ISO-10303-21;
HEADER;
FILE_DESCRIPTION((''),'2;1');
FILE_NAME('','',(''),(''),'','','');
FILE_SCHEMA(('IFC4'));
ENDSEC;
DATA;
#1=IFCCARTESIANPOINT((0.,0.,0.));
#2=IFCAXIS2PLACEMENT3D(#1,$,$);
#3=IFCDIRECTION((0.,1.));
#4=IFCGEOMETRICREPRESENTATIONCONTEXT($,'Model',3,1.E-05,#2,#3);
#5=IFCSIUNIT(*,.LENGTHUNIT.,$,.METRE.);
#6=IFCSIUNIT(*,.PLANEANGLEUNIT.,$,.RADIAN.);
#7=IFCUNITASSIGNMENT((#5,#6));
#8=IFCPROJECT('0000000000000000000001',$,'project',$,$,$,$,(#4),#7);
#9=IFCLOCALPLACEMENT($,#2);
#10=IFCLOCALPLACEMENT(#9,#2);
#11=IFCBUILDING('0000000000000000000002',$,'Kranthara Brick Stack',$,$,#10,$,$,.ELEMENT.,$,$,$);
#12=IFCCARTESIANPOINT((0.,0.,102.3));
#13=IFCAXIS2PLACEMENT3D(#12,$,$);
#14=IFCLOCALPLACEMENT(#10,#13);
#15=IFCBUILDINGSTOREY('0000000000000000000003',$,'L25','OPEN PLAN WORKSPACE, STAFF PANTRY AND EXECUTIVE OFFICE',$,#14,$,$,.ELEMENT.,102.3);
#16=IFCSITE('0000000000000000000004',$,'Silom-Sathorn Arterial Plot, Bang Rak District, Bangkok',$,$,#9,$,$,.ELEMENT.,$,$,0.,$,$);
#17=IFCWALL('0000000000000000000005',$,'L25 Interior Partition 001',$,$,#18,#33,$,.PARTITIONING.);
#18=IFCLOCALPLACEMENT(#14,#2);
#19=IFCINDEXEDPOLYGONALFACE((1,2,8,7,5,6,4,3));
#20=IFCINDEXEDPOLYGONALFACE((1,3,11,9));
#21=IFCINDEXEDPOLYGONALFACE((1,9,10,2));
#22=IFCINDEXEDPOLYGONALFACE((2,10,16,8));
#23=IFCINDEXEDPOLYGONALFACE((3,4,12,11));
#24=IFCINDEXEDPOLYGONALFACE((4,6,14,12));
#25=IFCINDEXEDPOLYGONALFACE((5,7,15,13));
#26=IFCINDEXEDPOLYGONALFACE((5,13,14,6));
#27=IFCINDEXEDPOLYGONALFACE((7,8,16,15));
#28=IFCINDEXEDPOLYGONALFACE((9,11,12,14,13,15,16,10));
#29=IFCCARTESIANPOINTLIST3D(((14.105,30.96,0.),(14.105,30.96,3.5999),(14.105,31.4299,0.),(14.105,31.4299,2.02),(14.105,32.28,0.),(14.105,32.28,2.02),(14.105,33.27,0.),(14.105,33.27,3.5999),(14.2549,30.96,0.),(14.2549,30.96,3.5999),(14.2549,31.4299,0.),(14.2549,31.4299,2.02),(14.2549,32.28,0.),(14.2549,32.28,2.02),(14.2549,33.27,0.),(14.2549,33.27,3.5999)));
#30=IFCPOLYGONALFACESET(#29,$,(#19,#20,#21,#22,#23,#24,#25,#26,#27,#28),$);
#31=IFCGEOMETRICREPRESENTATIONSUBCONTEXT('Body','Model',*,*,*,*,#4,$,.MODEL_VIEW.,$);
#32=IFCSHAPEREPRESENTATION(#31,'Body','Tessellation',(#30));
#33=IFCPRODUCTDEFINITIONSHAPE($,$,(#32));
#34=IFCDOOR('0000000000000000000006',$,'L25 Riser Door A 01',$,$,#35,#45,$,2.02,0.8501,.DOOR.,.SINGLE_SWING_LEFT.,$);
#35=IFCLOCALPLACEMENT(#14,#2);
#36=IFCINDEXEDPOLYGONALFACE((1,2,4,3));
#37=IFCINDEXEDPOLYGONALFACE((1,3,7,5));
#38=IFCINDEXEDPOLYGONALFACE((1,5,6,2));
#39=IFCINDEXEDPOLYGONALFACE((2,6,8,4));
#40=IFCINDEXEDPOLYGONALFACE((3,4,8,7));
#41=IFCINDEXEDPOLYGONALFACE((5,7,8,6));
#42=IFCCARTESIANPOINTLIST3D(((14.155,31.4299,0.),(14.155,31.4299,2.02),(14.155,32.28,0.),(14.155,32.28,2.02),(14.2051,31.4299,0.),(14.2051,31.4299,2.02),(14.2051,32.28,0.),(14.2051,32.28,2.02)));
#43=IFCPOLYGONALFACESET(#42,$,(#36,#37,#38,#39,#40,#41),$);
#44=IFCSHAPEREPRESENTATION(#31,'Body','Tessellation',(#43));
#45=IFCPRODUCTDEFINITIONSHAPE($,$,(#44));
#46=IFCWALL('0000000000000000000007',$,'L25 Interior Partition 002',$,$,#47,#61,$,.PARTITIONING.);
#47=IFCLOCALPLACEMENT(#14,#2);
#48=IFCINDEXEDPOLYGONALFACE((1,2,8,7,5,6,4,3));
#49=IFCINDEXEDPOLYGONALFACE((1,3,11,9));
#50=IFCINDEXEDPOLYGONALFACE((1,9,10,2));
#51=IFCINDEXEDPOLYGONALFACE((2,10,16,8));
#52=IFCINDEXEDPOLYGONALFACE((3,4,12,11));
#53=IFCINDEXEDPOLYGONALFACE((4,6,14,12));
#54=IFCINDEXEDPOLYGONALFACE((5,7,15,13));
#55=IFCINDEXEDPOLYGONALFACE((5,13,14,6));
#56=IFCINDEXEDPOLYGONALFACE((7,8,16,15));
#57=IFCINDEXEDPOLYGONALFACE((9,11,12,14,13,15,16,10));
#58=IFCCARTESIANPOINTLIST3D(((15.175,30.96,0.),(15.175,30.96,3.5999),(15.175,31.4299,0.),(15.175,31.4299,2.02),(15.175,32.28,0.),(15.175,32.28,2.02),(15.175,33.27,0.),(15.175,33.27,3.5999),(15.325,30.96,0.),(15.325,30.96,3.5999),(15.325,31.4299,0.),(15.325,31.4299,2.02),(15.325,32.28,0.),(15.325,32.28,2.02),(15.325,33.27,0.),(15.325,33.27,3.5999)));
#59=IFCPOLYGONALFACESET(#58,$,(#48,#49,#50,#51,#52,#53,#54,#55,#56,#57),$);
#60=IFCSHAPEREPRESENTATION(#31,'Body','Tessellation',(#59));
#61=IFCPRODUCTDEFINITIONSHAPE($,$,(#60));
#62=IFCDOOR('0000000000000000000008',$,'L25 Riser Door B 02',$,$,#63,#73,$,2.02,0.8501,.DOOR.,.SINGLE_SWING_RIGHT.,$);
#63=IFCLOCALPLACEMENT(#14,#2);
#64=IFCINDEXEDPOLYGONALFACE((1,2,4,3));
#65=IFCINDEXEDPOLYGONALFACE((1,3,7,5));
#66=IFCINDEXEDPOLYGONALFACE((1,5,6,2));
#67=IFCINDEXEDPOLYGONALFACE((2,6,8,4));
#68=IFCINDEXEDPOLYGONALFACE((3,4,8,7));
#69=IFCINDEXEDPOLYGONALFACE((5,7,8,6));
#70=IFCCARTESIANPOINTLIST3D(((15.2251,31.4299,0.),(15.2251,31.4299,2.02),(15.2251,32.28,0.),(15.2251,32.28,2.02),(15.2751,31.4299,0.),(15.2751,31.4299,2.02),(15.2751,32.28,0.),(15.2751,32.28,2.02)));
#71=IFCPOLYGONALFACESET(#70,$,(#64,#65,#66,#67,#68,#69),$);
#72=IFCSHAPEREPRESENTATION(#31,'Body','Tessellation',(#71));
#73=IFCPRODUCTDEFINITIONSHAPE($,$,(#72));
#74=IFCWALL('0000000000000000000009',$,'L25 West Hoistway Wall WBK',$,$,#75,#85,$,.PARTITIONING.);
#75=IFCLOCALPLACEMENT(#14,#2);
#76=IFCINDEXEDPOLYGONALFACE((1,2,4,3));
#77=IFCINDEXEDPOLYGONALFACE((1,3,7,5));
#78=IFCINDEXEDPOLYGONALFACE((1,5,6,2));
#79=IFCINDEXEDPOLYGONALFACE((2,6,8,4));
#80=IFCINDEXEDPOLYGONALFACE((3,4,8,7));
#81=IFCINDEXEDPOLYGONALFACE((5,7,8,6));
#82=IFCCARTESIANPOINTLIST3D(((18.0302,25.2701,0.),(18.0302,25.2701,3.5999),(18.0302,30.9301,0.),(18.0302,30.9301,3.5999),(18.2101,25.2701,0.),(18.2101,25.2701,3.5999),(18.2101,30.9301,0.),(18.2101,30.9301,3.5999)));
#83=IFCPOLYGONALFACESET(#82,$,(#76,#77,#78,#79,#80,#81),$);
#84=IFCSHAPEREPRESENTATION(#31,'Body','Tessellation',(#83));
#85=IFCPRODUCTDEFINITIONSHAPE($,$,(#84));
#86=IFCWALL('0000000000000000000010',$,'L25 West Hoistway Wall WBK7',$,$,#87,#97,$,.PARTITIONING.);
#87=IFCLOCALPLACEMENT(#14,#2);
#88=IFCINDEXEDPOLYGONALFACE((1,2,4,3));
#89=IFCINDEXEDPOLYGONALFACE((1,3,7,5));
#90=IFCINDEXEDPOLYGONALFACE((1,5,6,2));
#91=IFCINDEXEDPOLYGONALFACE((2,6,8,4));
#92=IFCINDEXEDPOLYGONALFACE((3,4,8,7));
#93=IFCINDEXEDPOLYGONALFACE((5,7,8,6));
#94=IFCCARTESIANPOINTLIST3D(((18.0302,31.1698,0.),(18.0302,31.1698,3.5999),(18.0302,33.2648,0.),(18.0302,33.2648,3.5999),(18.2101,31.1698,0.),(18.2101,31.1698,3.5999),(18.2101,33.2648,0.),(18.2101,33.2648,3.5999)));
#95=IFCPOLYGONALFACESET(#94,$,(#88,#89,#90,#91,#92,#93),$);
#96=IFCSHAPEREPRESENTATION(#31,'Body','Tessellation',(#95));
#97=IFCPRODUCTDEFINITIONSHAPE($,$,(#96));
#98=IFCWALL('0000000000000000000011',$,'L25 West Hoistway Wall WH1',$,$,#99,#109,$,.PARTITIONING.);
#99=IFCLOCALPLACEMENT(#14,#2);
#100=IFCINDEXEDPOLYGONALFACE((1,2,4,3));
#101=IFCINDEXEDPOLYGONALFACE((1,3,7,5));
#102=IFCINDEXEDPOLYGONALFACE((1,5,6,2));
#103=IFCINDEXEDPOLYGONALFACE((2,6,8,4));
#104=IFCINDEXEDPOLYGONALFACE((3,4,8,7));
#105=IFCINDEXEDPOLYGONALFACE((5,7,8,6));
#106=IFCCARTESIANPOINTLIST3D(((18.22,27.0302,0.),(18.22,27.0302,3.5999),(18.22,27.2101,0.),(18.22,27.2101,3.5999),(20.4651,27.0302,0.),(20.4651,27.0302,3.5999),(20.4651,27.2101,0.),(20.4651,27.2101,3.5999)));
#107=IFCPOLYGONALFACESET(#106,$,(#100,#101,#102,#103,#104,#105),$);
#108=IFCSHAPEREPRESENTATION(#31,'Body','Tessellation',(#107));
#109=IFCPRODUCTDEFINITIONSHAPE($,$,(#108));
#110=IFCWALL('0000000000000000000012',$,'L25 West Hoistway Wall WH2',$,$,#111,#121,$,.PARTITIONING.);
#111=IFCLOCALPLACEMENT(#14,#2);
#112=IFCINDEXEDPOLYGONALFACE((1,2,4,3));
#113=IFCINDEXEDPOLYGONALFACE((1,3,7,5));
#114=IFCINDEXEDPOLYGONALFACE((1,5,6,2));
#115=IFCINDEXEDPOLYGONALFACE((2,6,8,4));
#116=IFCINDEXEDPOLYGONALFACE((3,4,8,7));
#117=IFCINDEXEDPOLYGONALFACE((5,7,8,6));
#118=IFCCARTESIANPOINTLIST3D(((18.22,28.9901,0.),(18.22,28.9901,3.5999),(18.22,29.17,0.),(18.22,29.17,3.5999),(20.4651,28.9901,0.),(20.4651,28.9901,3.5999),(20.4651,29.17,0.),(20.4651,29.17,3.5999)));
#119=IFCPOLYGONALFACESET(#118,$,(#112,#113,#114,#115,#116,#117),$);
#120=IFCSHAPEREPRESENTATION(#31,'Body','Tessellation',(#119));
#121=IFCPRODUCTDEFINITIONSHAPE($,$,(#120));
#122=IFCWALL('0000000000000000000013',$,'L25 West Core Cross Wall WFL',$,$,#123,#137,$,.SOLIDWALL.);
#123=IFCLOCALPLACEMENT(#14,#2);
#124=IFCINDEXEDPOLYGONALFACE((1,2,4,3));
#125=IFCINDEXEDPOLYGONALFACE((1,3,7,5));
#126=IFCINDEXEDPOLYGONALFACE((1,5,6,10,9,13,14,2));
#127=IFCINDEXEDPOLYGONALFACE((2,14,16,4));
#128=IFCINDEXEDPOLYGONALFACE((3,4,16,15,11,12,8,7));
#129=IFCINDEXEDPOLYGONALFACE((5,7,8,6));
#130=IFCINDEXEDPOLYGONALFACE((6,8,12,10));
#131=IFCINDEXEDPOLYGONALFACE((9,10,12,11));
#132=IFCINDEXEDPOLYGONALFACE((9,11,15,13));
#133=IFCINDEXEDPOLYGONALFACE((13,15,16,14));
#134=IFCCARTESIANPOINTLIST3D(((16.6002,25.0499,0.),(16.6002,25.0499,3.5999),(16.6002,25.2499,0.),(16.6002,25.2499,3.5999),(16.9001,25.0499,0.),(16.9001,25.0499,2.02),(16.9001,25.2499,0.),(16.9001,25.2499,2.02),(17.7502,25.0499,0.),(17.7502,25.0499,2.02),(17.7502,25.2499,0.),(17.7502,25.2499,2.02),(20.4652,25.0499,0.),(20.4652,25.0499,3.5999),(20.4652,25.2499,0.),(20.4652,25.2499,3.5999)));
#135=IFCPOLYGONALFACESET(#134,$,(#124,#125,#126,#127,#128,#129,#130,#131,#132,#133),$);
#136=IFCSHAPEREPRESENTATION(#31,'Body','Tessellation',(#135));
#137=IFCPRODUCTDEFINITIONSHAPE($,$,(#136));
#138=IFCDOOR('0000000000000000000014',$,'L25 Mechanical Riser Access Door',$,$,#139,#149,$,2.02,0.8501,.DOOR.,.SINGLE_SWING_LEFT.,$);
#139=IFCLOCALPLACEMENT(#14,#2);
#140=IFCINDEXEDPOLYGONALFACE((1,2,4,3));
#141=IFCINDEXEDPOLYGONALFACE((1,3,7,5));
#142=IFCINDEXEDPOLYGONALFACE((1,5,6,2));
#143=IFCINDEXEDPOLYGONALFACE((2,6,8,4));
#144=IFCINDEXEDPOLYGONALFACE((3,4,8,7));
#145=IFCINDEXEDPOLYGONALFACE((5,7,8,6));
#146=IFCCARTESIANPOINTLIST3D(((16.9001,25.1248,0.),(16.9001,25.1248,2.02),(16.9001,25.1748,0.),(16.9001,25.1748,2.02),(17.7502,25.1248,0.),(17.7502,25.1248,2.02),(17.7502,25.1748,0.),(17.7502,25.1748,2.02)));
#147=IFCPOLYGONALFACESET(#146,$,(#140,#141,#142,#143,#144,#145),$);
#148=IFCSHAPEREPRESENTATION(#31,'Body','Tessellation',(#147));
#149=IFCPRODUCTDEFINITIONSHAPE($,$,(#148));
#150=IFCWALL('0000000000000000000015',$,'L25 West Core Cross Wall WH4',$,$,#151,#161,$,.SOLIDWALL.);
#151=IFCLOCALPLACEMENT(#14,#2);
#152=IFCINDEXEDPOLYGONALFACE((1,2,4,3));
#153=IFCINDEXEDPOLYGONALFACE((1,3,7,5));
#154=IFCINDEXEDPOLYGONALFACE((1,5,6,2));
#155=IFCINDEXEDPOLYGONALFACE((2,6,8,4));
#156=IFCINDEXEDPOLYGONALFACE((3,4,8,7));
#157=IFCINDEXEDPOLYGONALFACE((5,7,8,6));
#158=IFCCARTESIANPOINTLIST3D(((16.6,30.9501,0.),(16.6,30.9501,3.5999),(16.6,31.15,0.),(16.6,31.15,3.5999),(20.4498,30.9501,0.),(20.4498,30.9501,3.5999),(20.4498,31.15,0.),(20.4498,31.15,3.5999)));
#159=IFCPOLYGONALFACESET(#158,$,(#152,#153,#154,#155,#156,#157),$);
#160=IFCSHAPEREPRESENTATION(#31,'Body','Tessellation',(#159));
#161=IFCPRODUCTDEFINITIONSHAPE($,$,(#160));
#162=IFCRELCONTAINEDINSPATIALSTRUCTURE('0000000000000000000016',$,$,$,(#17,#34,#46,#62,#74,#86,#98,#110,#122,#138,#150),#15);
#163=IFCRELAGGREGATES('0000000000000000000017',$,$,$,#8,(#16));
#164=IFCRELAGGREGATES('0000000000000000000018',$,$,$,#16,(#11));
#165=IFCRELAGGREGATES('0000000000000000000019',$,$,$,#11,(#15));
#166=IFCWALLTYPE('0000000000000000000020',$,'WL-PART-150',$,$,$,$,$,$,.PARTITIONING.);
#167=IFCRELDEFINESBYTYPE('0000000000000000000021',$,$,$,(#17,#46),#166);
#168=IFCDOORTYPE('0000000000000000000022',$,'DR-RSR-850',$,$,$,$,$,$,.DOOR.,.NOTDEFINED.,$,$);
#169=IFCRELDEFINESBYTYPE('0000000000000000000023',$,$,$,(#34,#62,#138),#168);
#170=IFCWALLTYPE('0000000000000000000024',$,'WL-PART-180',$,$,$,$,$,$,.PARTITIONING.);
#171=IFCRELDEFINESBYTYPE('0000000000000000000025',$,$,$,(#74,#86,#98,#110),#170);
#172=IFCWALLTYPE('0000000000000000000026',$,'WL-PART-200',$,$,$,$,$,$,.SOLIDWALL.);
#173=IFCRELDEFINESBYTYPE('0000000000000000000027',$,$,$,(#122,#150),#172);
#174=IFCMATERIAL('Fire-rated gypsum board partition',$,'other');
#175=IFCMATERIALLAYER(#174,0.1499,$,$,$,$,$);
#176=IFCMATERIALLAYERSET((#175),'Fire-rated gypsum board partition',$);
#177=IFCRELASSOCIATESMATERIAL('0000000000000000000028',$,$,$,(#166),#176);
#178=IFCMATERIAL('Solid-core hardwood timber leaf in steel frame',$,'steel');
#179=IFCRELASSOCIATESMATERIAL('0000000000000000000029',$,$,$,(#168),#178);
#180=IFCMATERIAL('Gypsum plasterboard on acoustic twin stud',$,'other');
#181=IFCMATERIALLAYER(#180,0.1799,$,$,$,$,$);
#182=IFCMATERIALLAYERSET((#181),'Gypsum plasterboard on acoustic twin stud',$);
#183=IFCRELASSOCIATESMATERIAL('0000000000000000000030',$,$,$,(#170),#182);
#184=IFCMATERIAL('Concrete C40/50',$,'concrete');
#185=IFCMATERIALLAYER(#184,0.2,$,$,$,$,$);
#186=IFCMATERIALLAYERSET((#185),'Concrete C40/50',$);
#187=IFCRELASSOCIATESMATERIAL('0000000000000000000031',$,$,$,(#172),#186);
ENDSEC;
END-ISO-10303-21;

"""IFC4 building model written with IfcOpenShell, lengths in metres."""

from ifc_helpers import new_model, si_unit, direction, frame, frame_2d, origin, place, context, subcontext, project, spatial, rectangle, extrude, material, layer, layer_set, type_object, element, fill, save


model = new_model("IFC4")

# Units and contexts
model_context = context("Model", 3, precision=1e-05, world=origin(), true_north=direction((0.0, 1.0)))
body_context = subcontext(model_context, "Body", "Model", "MODEL_VIEW")
ifc_project = project(units=[si_unit("LENGTHUNIT", "METRE"), si_unit("PLANEANGLEUNIT", "RADIAN")], contexts=[model_context])

# Site, building, storey
site_placement = place(None, origin())
site = spatial("IfcSite", under=ifc_project, at=site_placement, Name="Silom-Sathorn Arterial Plot, Bang Rak District, Bangkok", CompositionType="ELEMENT", RefElevation=0.0)
building_placement = place(site_placement, origin())
building = spatial("IfcBuilding", under=site, at=building_placement, Name="Kranthara Brick Stack", CompositionType="ELEMENT")
storey_placement = place(building_placement, frame((0.0, 0.0, 102.3)))
storey = spatial("IfcBuildingStorey", under=building, at=storey_placement, Name="L25", Description="OPEN PLAN WORKSPACE, STAFF PANTRY AND EXECUTIVE OFFICE", CompositionType="ELEMENT", Elevation=102.3)

# Walls, openings, doors
ifc_material_1 = material(Name="Fire-rated gypsum board partition", Category="other")
ifc_layer_1 = layer(ifc_material_1, 0.1499)
ifc_layer_set_1 = layer_set([ifc_layer_1], Name="Fire-rated gypsum board partition")
wall_type_1 = type_object("IfcWallType", Name="WL-PART-150", PredefinedType="PARTITIONING", material=ifc_layer_set_1)
wall_1_placement = place(storey_placement, frame((14.1799, 30.96, 0.0), z_axis=(0.0, 0.0, 1.0), x_axis=(0.0, 1.0, 0.0)))
wall_1 = element("IfcWall", 1, at=wall_1_placement, inside=storey, type_object=wall_type_1, Name="L25 Interior Partition 001", PredefinedType="PARTITIONING", context=body_context, shape_type="SweptSolid", body=[
    extrude(rectangle(XDim=2.3101, YDim=0.1499, at=frame_2d((1.155, 0.0))), origin(), (0.0, 0.0, 1.0), 3.5999),
])
opening_1_placement = place(wall_1_placement, frame((0.47, 0.0, 0.0)))
opening_1 = element("IfcOpeningElement", 2, at=opening_1_placement, cuts=wall_1, PredefinedType="OPENING", context=body_context, shape_type="SweptSolid", body=[
    extrude(rectangle(XDim=0.8501, YDim=2.02, at=frame_2d((0.425, 1.01))), frame((0.0, 0.085, 0.0), z_axis=(0.0, -1.0, 0.0), x_axis=(1.0, 0.0, 0.0)), (0.0, 0.0, 1.0), 0.1699),
])
ifc_material_2 = material(Name="Solid-core hardwood timber leaf in steel frame", Category="steel")
door_type_1 = type_object("IfcDoorType", Name="DR-RSR-850", OperationType="NOTDEFINED", PredefinedType="DOOR", material=ifc_material_2)
door_1_placement = place(opening_1_placement, origin())
door_1 = element("IfcDoor", 3, at=door_1_placement, inside=storey, type_object=door_type_1, Name="L25 Riser Door A 01", OperationType="SINGLE_SWING_LEFT", OverallHeight=2.02, OverallWidth=0.8501, PredefinedType="DOOR", context=body_context, shape_type="SweptSolid", body=[
    extrude(rectangle(XDim=0.8501, YDim=2.02, at=frame_2d((0.425, 1.01))), frame((0.0, 0.0249, 0.0), z_axis=(0.0, -1.0, 0.0), x_axis=(1.0, 0.0, 0.0)), (0.0, 0.0, 1.0), 0.05),
])
fill(opening_1, door_1)
wall_2_placement = place(storey_placement, frame((15.25, 30.96, 0.0), z_axis=(0.0, 0.0, 1.0), x_axis=(0.0, 1.0, 0.0)))
wall_2 = element("IfcWall", 4, at=wall_2_placement, inside=storey, type_object=wall_type_1, Name="L25 Interior Partition 002", PredefinedType="PARTITIONING", context=body_context, shape_type="SweptSolid", body=[
    extrude(rectangle(XDim=2.3101, YDim=0.1499, at=frame_2d((1.155, 0.0))), origin(), (0.0, 0.0, 1.0), 3.5999),
])
opening_2_placement = place(wall_2_placement, frame((0.47, 0.0, 0.0)))
opening_2 = element("IfcOpeningElement", 5, at=opening_2_placement, cuts=wall_2, PredefinedType="OPENING", context=body_context, shape_type="SweptSolid", body=[
    extrude(rectangle(XDim=0.8501, YDim=2.02, at=frame_2d((0.425, 1.01))), frame((0.0, 0.085, 0.0), z_axis=(0.0, -1.0, 0.0), x_axis=(1.0, 0.0, 0.0)), (0.0, 0.0, 1.0), 0.1699),
])
door_2_placement = place(opening_2_placement, origin())
door_2 = element("IfcDoor", 6, at=door_2_placement, inside=storey, type_object=door_type_1, Name="L25 Riser Door B 02", OperationType="SINGLE_SWING_RIGHT", OverallHeight=2.02, OverallWidth=0.8501, PredefinedType="DOOR", context=body_context, shape_type="SweptSolid", body=[
    extrude(rectangle(XDim=0.8501, YDim=2.02, at=frame_2d((0.425, 1.01))), frame((0.0, 0.0249, 0.0), z_axis=(0.0, -1.0, 0.0), x_axis=(1.0, 0.0, 0.0)), (0.0, 0.0, 1.0), 0.05),
])
fill(opening_2, door_2)

# Walls
ifc_material_3 = material(Name="Gypsum plasterboard on acoustic twin stud", Category="other")
ifc_layer_2 = layer(ifc_material_3, 0.1799)
ifc_layer_set_2 = layer_set([ifc_layer_2], Name="Gypsum plasterboard on acoustic twin stud")
wall_type_2 = type_object("IfcWallType", Name="WL-PART-180", PredefinedType="PARTITIONING", material=ifc_layer_set_2)
wall_3_placement = place(storey_placement, frame((18.1201, 25.27, 0.0), z_axis=(0.0, 0.0, 1.0), x_axis=(0.0, 1.0, 0.0)))
element("IfcWall", 7, at=wall_3_placement, inside=storey, type_object=wall_type_2, Name="L25 West Hoistway Wall WBK", PredefinedType="PARTITIONING", context=body_context, shape_type="SweptSolid", body=[
    extrude(rectangle(XDim=5.6599, YDim=0.1799, at=frame_2d((2.8301, 0.0))), origin(), (0.0, 0.0, 1.0), 3.5999),
])
wall_4_placement = place(storey_placement, frame((18.1201, 31.1699, 0.0), z_axis=(0.0, 0.0, 1.0), x_axis=(0.0, 1.0, 0.0)))
element("IfcWall", 8, at=wall_4_placement, inside=storey, type_object=wall_type_2, Name="L25 West Hoistway Wall WBK7", PredefinedType="PARTITIONING", context=body_context, shape_type="SweptSolid", body=[
    extrude(rectangle(XDim=2.095, YDim=0.1799, at=frame_2d((1.0474, 0.0))), origin(), (0.0, 0.0, 1.0), 3.5999),
])
for number, where, z_axis, x_axis, name in (
    (9, (18.22, 27.1201, 0.0), (0.0, 0.0, 1.0), (1.0, 0.0, 0.0), "L25 West Hoistway Wall WH1"),
    (10, (18.22, 29.0801, 0.0), (0.0, 0.0, 1.0), (1.0, 0.0, 0.0), "L25 West Hoistway Wall WH2"),
):
    element("IfcWall", number, at=place(storey_placement, frame(where, z_axis=z_axis, x_axis=x_axis)), inside=storey, type_object=wall_type_2, Name=name, PredefinedType="PARTITIONING", context=body_context, shape_type="SweptSolid", body=[
        extrude(rectangle(XDim=2.2451, YDim=0.1799, at=frame_2d((1.1226, 0.0))), origin(), (0.0, 0.0, 1.0), 3.5999),
    ])

# Wall, opening, door
ifc_material_4 = material(Name="Concrete C40/50", Category="concrete")
ifc_layer_3 = layer(ifc_material_4, 0.2)
ifc_layer_set_3 = layer_set([ifc_layer_3], Name="Concrete C40/50")
wall_type_3 = type_object("IfcWallType", Name="WL-PART-200", PredefinedType="SOLIDWALL", material=ifc_layer_set_3)
wall_5_placement = place(storey_placement, frame((16.6001, 25.1499, 0.0), z_axis=(0.0, 0.0, 1.0), x_axis=(1.0, 0.0, 0.0)))
wall_5 = element("IfcWall", 11, at=wall_5_placement, inside=storey, type_object=wall_type_3, Name="L25 West Core Cross Wall WFL", PredefinedType="SOLIDWALL", context=body_context, shape_type="SweptSolid", body=[
    extrude(rectangle(XDim=3.865, YDim=0.2, at=frame_2d((1.9326, 0.0))), origin(), (0.0, 0.0, 1.0), 3.5999),
])
opening_3_placement = place(wall_5_placement, frame((0.3, 0.0, 0.0)))
opening_3 = element("IfcOpeningElement", 12, at=opening_3_placement, cuts=wall_5, PredefinedType="OPENING", context=body_context, shape_type="SweptSolid", body=[
    extrude(rectangle(XDim=0.8501, YDim=2.02, at=frame_2d((0.425, 1.01))), frame((0.0, 0.1099, 0.0), z_axis=(0.0, -1.0, 0.0), x_axis=(1.0, 0.0, 0.0)), (0.0, 0.0, 1.0), 0.22),
])
door_3_placement = place(opening_3_placement, origin())
door_3 = element("IfcDoor", 13, at=door_3_placement, inside=storey, type_object=door_type_1, Name="L25 Mechanical Riser Access Door", OperationType="SINGLE_SWING_LEFT", OverallHeight=2.02, OverallWidth=0.8501, PredefinedType="DOOR", context=body_context, shape_type="SweptSolid", body=[
    extrude(rectangle(XDim=0.8501, YDim=2.02, at=frame_2d((0.425, 1.01))), frame((0.0, 0.0249, 0.0), z_axis=(0.0, -1.0, 0.0), x_axis=(1.0, 0.0, 0.0)), (0.0, 0.0, 1.0), 0.05),
])
fill(opening_3, door_3)

# Wall
wall_6_placement = place(storey_placement, frame((16.6001, 31.05, 0.0), z_axis=(0.0, 0.0, 1.0), x_axis=(1.0, 0.0, 0.0)))
element("IfcWall", 14, at=wall_6_placement, inside=storey, type_object=wall_type_3, Name="L25 West Core Cross Wall WH4", PredefinedType="SOLIDWALL", context=body_context, shape_type="SweptSolid", body=[
    extrude(rectangle(XDim=3.8499, YDim=0.2, at=frame_2d((1.9248, 0.0))), origin(), (0.0, 0.0, 1.0), 3.5999),
])

save(model, "model.ifc")
